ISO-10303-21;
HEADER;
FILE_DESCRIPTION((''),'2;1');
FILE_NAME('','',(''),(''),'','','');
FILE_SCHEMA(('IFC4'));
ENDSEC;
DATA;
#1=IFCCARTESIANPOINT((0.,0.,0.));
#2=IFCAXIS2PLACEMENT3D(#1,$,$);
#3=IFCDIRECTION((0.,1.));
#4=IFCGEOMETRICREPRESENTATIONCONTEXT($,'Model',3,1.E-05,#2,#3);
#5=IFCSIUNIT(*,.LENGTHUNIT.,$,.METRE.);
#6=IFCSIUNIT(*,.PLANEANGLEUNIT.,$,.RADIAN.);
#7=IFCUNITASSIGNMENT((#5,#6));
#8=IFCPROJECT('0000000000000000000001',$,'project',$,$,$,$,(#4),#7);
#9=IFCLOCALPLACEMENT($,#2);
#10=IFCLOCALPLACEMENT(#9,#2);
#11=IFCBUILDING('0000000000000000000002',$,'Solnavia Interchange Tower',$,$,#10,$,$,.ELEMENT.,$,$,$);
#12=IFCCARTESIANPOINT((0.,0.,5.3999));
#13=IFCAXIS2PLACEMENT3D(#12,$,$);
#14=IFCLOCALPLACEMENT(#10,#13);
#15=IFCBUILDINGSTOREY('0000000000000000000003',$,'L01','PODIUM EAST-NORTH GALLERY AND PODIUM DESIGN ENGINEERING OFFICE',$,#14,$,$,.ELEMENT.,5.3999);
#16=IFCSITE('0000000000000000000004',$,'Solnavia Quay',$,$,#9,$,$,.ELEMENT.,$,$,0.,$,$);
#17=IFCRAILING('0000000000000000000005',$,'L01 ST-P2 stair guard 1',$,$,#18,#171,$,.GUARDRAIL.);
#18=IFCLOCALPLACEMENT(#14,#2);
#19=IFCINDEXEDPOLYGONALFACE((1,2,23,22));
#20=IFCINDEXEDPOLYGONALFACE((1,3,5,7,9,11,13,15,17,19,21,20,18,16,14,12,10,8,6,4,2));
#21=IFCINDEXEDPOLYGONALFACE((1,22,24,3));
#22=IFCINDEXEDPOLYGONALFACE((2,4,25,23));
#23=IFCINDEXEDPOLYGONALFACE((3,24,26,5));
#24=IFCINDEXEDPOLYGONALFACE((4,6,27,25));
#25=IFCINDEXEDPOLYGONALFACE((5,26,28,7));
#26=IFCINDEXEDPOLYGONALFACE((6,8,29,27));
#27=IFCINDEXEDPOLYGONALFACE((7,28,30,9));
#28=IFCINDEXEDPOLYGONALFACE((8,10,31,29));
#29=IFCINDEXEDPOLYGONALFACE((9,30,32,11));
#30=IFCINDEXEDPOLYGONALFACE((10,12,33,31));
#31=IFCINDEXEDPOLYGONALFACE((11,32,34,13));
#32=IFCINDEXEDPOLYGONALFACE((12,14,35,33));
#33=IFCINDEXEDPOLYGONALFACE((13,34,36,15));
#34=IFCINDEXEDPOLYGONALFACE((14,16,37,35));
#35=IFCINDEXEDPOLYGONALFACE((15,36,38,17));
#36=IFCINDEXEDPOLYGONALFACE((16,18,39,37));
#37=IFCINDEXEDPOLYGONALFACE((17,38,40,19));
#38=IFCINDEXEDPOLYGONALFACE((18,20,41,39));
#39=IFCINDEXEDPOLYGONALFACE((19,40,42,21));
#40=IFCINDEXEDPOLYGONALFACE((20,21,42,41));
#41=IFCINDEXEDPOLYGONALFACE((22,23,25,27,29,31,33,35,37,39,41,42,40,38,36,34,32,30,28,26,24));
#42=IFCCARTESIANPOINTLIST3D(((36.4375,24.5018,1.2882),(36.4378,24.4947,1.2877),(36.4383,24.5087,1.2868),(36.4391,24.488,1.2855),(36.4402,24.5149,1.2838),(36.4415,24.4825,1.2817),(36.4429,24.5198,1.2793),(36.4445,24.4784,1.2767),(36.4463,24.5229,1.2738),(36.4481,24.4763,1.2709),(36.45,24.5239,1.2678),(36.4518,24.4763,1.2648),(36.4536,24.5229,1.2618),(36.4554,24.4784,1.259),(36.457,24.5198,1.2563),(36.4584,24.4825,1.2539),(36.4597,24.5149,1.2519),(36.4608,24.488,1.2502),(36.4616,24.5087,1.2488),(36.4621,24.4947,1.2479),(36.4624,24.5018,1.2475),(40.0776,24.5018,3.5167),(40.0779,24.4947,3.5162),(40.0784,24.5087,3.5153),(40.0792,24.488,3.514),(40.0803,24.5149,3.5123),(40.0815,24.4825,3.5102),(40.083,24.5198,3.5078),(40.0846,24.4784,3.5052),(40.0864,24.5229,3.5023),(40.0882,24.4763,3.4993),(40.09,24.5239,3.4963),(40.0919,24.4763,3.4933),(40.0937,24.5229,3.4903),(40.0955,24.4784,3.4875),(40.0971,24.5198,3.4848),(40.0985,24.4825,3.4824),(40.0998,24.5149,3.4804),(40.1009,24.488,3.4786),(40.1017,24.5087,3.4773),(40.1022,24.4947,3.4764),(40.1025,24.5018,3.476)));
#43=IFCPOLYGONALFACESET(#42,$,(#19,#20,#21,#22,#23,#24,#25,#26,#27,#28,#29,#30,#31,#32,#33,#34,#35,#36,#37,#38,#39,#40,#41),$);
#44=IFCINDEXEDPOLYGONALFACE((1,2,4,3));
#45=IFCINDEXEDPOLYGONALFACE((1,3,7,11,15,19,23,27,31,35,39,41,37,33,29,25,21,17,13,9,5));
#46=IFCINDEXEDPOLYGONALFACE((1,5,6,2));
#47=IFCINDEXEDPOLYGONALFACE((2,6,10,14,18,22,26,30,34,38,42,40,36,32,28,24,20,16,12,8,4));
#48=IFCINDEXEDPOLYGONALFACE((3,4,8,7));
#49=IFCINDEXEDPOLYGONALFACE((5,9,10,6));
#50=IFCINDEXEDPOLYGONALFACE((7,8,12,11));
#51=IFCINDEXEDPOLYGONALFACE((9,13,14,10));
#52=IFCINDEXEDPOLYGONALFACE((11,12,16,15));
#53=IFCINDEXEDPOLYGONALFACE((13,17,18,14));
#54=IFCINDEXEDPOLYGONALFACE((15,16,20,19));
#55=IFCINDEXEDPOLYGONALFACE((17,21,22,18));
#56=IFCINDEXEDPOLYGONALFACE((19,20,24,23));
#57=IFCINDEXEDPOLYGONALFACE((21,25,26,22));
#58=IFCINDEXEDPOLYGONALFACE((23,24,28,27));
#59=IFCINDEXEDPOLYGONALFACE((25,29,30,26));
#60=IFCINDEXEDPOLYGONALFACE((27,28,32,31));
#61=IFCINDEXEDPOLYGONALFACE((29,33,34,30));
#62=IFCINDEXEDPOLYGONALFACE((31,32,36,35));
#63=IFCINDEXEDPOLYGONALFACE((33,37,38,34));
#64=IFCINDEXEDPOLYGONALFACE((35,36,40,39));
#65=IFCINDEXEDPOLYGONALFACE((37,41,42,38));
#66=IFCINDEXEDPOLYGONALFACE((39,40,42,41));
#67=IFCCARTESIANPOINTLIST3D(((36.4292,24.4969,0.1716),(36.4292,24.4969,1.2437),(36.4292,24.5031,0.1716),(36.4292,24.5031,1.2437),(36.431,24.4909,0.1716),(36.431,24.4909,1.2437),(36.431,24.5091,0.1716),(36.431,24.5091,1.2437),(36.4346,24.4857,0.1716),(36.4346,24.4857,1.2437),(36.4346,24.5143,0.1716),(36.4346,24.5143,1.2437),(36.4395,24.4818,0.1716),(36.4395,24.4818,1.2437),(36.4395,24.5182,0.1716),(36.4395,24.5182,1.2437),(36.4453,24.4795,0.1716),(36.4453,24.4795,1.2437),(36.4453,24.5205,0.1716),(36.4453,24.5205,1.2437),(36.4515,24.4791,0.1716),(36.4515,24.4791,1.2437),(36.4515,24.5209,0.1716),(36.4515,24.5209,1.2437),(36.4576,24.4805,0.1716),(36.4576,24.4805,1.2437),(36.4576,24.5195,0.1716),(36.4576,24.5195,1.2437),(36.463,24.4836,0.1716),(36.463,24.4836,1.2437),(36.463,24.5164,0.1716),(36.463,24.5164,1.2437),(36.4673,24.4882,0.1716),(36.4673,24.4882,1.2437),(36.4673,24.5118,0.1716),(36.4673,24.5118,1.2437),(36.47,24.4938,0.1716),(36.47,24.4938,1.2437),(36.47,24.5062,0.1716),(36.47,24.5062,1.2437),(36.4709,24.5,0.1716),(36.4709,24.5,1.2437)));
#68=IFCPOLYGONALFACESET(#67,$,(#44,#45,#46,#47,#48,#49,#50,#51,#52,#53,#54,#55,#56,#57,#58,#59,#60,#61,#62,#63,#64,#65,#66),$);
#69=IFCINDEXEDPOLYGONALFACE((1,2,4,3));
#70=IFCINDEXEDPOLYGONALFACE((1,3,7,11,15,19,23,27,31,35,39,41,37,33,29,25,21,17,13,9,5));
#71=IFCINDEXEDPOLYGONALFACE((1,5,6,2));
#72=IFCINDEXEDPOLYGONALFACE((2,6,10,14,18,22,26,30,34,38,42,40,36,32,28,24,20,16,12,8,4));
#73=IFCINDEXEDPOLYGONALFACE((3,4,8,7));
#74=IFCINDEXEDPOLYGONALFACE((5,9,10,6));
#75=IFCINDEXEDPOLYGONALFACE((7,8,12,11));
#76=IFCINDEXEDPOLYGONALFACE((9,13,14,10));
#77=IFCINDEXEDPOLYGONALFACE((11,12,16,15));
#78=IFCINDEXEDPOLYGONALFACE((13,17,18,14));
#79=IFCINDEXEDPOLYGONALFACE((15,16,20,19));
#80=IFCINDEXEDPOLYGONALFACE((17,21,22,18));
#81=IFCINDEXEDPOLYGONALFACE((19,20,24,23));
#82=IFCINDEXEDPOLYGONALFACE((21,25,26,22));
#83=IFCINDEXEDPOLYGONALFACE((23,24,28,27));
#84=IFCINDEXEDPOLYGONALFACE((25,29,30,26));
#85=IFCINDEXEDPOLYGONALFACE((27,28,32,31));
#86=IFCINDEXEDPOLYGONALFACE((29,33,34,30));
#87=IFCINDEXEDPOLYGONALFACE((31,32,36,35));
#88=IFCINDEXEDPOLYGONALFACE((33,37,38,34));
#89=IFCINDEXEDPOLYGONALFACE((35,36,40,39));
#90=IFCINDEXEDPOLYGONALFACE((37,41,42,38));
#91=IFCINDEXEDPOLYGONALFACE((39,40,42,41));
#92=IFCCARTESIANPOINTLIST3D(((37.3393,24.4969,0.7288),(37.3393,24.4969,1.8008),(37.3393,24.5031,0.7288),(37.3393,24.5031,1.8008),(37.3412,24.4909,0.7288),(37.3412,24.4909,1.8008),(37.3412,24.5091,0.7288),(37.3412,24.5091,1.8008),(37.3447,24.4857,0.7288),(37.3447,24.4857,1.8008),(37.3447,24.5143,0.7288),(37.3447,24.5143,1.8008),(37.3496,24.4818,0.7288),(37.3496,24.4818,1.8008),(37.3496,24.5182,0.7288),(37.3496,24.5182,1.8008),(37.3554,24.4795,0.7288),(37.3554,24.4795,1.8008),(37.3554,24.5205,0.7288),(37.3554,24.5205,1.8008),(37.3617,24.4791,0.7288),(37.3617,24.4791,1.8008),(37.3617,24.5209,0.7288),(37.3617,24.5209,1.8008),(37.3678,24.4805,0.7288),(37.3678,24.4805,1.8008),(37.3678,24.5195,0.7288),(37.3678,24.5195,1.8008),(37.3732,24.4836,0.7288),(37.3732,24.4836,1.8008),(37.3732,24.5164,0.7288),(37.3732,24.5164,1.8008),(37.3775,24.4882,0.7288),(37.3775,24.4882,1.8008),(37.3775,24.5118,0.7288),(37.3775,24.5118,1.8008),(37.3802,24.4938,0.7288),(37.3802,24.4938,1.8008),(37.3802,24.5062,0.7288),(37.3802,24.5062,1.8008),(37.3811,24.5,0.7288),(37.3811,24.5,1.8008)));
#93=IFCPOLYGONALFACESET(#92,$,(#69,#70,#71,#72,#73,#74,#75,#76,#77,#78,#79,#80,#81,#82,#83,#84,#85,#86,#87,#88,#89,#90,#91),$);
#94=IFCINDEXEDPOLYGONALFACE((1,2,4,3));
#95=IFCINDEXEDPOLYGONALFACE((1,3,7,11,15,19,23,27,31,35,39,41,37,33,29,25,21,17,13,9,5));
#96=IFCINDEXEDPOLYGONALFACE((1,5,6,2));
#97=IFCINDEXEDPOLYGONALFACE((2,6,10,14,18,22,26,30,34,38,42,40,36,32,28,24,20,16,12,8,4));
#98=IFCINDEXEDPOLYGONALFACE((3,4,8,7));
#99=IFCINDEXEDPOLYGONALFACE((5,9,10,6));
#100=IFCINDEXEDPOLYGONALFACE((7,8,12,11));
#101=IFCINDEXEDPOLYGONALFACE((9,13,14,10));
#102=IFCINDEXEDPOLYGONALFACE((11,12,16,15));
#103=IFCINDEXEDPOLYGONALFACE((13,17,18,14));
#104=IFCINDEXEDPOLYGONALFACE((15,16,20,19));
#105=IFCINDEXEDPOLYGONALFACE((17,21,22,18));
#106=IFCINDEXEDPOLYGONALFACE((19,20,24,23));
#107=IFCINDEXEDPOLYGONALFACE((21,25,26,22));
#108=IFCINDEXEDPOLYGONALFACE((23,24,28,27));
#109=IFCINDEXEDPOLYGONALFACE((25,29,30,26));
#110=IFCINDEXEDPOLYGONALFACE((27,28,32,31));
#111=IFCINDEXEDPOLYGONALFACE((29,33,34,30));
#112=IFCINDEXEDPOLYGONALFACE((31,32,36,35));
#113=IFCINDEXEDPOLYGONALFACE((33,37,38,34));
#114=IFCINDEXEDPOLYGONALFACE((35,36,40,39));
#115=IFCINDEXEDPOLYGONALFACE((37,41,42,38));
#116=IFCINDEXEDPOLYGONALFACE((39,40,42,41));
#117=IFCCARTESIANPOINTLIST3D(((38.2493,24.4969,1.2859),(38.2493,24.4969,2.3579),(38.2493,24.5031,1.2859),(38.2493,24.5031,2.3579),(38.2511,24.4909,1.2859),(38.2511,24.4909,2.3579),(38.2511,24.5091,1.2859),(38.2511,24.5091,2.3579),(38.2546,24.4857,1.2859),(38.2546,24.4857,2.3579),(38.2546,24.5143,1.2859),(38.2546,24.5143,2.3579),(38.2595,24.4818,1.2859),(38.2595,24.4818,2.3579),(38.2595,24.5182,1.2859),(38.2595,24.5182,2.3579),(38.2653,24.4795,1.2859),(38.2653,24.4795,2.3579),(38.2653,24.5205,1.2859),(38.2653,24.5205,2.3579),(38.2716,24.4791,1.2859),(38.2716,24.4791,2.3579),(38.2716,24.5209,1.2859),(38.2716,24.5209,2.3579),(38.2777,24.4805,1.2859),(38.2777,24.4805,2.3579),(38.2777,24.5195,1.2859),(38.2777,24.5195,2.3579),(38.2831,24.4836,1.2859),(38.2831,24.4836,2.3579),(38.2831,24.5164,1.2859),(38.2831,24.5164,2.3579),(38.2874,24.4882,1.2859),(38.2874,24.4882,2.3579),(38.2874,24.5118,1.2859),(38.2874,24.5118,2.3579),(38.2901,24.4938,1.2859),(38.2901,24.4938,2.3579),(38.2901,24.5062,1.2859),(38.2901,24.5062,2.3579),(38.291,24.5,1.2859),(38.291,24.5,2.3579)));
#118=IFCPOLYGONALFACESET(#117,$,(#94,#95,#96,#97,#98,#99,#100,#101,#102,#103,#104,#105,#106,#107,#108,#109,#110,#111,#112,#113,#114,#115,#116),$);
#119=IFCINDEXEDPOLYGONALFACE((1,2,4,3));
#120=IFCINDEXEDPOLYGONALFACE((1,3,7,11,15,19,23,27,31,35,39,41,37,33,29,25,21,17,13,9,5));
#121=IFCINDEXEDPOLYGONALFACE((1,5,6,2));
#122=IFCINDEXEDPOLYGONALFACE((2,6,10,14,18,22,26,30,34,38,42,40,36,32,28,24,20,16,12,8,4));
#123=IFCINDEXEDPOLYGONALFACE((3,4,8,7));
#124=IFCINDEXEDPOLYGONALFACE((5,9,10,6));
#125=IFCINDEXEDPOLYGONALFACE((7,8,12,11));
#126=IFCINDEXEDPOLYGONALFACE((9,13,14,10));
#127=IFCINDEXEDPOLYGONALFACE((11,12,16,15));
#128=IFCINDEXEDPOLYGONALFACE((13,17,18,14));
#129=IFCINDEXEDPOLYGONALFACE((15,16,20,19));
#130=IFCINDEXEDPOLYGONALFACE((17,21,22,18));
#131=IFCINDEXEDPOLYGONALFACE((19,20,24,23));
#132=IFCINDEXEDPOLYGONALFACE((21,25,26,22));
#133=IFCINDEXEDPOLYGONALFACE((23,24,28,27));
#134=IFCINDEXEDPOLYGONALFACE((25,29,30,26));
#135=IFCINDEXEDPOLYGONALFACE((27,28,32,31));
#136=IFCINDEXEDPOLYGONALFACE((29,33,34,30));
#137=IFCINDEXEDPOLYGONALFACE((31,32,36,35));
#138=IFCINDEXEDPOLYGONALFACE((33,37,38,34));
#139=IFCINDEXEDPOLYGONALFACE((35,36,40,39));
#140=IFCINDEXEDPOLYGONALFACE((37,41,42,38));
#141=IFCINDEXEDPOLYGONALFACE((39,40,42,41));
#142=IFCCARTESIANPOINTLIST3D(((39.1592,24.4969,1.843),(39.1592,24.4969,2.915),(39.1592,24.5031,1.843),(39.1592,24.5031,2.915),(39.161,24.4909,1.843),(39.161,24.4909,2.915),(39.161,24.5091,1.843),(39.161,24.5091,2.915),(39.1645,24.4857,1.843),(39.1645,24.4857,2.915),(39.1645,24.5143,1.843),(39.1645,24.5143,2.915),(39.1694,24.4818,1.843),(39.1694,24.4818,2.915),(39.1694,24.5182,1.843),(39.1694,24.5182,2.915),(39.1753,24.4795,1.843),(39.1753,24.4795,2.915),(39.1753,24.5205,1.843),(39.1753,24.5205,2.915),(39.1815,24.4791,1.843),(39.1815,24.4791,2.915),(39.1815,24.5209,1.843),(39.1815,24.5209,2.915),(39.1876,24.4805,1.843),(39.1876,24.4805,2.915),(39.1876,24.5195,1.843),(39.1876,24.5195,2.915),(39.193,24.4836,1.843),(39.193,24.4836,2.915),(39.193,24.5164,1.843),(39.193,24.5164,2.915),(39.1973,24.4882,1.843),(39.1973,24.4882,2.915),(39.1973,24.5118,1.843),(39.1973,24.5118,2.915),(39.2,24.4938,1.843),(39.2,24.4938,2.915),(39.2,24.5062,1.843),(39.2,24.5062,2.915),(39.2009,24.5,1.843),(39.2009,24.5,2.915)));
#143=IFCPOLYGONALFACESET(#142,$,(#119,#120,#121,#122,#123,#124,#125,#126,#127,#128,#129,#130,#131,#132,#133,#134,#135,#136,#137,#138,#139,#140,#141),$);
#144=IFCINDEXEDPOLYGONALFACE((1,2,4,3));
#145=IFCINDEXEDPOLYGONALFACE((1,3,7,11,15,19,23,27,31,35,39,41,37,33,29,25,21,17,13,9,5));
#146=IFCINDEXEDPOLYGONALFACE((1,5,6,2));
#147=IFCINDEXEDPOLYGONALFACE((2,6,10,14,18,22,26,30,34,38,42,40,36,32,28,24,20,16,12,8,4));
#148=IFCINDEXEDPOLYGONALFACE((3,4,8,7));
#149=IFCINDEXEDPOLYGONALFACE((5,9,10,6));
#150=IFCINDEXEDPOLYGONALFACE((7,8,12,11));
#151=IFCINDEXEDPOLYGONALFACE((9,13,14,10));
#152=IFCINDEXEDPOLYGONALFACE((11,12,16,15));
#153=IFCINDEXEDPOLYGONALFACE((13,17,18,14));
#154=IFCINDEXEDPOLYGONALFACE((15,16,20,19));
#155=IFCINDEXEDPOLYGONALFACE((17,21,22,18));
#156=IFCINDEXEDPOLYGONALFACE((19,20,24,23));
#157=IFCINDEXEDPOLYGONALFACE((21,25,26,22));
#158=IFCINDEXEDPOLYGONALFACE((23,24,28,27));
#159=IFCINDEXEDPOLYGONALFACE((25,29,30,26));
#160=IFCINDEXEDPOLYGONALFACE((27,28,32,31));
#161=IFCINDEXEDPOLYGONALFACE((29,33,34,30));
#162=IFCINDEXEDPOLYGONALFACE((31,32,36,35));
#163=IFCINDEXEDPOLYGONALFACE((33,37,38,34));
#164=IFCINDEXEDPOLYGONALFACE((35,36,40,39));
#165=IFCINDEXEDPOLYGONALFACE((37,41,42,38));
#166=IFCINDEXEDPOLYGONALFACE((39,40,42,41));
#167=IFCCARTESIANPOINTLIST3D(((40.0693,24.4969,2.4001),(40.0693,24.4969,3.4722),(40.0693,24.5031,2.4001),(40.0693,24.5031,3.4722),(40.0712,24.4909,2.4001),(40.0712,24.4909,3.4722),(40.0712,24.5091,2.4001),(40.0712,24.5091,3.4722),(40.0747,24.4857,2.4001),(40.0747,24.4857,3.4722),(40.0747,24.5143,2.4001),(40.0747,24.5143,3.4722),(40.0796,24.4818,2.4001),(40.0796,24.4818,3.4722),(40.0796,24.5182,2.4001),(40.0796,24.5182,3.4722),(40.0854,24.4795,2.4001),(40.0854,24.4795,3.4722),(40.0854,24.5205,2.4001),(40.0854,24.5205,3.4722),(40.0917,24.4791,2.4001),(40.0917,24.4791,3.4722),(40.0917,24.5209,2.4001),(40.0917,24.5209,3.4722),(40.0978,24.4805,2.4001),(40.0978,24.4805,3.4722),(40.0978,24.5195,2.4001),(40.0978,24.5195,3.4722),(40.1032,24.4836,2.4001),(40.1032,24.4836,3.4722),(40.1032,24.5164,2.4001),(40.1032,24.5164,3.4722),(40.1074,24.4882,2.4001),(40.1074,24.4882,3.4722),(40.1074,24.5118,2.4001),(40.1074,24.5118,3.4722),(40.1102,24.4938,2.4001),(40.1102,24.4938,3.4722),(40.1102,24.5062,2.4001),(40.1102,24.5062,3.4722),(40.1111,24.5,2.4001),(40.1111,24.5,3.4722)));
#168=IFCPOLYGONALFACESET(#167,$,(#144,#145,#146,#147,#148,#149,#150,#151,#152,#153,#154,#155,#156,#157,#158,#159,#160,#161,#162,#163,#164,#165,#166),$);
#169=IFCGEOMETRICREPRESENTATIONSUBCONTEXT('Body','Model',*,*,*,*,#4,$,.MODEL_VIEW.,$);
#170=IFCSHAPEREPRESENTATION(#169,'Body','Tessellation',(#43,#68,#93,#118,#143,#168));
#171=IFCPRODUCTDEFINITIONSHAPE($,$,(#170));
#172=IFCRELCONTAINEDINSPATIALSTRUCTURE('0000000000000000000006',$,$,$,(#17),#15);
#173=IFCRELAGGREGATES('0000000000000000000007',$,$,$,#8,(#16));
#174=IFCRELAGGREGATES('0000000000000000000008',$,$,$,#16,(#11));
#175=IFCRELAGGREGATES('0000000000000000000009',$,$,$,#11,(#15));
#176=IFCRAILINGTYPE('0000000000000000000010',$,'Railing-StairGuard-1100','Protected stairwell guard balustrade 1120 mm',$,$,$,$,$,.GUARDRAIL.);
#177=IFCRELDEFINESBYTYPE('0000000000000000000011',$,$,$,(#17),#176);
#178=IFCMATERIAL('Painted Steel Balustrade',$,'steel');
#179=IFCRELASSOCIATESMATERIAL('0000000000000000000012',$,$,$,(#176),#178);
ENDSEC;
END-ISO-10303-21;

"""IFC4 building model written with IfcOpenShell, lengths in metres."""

from ifc_helpers import new_model, si_unit, direction, frame, origin, origin_2d, place, context, subcontext, project, spatial, circle, extrude, material, type_object, element, save


model = new_model("IFC4")

# Units and contexts
model_context = context("Model", 3, precision=1e-05, world=origin(), true_north=direction((0.0, 1.0)))
body_context = subcontext(model_context, "Body", "Model", "MODEL_VIEW")
ifc_project = project(units=[si_unit("LENGTHUNIT", "METRE"), si_unit("PLANEANGLEUNIT", "RADIAN")], contexts=[model_context])

# Site, building, storey
site_placement = place(None, origin())
site = spatial("IfcSite", under=ifc_project, at=site_placement, Name="Solnavia Quay", CompositionType="ELEMENT", RefElevation=0.0)
building_placement = place(site_placement, origin())
building = spatial("IfcBuilding", under=site, at=building_placement, Name="Solnavia Interchange Tower", CompositionType="ELEMENT")
storey_placement = place(building_placement, frame((0.0, 0.0, 5.3999)))
storey = spatial("IfcBuildingStorey", under=building, at=storey_placement, Name="L01", Description="PODIUM EAST-NORTH GALLERY AND PODIUM DESIGN ENGINEERING OFFICE", CompositionType="ELEMENT", Elevation=5.3999)

# Railing
ifc_material_1 = material(Name="Painted Steel Balustrade", Category="steel")
railing_type_1 = type_object("IfcRailingType", Name="Railing-StairGuard-1100", Description="Protected stairwell guard balustrade 1120 mm", PredefinedType="GUARDRAIL", material=ifc_material_1)
railing_1_placement = place(storey_placement, frame((36.45, 24.5, 0.1716)))
element("IfcRailing", 1, at=railing_1_placement, inside=storey, type_object=railing_type_1, Name="L01 ST-P2 stair guard 1", PredefinedType="GUARDRAIL", context=body_context, shape_type="SweptSolid", body=[
    extrude(circle(Radius=0.0239, at=origin_2d()), frame((0.0, 0.0, 1.0962), z_axis=(0.852866, 0.0, 0.52213), x_axis=(0.0, 1.0, 0.0)), (0.0, 0.0, 1.0), 4.2681),
    extrude(circle(Radius=0.021, at=origin_2d()), origin(), (0.0, 0.0, 1.0), 1.072),
    extrude(circle(Radius=0.021, at=origin_2d()), frame((0.9102, 0.0, 0.5571)), (0.0, 0.0, 1.0), 1.072),
    extrude(circle(Radius=0.021, at=origin_2d()), frame((1.8201, 0.0, 1.1143)), (0.0, 0.0, 1.0), 1.072),
    extrude(circle(Radius=0.021, at=origin_2d()), frame((2.73, 0.0, 1.6714)), (0.0, 0.0, 1.0), 1.072),
    extrude(circle(Radius=0.021, at=origin_2d()), frame((3.6401, 0.0, 2.2285)), (0.0, 0.0, 1.0), 1.072),
])

save(model, "model.ifc")
